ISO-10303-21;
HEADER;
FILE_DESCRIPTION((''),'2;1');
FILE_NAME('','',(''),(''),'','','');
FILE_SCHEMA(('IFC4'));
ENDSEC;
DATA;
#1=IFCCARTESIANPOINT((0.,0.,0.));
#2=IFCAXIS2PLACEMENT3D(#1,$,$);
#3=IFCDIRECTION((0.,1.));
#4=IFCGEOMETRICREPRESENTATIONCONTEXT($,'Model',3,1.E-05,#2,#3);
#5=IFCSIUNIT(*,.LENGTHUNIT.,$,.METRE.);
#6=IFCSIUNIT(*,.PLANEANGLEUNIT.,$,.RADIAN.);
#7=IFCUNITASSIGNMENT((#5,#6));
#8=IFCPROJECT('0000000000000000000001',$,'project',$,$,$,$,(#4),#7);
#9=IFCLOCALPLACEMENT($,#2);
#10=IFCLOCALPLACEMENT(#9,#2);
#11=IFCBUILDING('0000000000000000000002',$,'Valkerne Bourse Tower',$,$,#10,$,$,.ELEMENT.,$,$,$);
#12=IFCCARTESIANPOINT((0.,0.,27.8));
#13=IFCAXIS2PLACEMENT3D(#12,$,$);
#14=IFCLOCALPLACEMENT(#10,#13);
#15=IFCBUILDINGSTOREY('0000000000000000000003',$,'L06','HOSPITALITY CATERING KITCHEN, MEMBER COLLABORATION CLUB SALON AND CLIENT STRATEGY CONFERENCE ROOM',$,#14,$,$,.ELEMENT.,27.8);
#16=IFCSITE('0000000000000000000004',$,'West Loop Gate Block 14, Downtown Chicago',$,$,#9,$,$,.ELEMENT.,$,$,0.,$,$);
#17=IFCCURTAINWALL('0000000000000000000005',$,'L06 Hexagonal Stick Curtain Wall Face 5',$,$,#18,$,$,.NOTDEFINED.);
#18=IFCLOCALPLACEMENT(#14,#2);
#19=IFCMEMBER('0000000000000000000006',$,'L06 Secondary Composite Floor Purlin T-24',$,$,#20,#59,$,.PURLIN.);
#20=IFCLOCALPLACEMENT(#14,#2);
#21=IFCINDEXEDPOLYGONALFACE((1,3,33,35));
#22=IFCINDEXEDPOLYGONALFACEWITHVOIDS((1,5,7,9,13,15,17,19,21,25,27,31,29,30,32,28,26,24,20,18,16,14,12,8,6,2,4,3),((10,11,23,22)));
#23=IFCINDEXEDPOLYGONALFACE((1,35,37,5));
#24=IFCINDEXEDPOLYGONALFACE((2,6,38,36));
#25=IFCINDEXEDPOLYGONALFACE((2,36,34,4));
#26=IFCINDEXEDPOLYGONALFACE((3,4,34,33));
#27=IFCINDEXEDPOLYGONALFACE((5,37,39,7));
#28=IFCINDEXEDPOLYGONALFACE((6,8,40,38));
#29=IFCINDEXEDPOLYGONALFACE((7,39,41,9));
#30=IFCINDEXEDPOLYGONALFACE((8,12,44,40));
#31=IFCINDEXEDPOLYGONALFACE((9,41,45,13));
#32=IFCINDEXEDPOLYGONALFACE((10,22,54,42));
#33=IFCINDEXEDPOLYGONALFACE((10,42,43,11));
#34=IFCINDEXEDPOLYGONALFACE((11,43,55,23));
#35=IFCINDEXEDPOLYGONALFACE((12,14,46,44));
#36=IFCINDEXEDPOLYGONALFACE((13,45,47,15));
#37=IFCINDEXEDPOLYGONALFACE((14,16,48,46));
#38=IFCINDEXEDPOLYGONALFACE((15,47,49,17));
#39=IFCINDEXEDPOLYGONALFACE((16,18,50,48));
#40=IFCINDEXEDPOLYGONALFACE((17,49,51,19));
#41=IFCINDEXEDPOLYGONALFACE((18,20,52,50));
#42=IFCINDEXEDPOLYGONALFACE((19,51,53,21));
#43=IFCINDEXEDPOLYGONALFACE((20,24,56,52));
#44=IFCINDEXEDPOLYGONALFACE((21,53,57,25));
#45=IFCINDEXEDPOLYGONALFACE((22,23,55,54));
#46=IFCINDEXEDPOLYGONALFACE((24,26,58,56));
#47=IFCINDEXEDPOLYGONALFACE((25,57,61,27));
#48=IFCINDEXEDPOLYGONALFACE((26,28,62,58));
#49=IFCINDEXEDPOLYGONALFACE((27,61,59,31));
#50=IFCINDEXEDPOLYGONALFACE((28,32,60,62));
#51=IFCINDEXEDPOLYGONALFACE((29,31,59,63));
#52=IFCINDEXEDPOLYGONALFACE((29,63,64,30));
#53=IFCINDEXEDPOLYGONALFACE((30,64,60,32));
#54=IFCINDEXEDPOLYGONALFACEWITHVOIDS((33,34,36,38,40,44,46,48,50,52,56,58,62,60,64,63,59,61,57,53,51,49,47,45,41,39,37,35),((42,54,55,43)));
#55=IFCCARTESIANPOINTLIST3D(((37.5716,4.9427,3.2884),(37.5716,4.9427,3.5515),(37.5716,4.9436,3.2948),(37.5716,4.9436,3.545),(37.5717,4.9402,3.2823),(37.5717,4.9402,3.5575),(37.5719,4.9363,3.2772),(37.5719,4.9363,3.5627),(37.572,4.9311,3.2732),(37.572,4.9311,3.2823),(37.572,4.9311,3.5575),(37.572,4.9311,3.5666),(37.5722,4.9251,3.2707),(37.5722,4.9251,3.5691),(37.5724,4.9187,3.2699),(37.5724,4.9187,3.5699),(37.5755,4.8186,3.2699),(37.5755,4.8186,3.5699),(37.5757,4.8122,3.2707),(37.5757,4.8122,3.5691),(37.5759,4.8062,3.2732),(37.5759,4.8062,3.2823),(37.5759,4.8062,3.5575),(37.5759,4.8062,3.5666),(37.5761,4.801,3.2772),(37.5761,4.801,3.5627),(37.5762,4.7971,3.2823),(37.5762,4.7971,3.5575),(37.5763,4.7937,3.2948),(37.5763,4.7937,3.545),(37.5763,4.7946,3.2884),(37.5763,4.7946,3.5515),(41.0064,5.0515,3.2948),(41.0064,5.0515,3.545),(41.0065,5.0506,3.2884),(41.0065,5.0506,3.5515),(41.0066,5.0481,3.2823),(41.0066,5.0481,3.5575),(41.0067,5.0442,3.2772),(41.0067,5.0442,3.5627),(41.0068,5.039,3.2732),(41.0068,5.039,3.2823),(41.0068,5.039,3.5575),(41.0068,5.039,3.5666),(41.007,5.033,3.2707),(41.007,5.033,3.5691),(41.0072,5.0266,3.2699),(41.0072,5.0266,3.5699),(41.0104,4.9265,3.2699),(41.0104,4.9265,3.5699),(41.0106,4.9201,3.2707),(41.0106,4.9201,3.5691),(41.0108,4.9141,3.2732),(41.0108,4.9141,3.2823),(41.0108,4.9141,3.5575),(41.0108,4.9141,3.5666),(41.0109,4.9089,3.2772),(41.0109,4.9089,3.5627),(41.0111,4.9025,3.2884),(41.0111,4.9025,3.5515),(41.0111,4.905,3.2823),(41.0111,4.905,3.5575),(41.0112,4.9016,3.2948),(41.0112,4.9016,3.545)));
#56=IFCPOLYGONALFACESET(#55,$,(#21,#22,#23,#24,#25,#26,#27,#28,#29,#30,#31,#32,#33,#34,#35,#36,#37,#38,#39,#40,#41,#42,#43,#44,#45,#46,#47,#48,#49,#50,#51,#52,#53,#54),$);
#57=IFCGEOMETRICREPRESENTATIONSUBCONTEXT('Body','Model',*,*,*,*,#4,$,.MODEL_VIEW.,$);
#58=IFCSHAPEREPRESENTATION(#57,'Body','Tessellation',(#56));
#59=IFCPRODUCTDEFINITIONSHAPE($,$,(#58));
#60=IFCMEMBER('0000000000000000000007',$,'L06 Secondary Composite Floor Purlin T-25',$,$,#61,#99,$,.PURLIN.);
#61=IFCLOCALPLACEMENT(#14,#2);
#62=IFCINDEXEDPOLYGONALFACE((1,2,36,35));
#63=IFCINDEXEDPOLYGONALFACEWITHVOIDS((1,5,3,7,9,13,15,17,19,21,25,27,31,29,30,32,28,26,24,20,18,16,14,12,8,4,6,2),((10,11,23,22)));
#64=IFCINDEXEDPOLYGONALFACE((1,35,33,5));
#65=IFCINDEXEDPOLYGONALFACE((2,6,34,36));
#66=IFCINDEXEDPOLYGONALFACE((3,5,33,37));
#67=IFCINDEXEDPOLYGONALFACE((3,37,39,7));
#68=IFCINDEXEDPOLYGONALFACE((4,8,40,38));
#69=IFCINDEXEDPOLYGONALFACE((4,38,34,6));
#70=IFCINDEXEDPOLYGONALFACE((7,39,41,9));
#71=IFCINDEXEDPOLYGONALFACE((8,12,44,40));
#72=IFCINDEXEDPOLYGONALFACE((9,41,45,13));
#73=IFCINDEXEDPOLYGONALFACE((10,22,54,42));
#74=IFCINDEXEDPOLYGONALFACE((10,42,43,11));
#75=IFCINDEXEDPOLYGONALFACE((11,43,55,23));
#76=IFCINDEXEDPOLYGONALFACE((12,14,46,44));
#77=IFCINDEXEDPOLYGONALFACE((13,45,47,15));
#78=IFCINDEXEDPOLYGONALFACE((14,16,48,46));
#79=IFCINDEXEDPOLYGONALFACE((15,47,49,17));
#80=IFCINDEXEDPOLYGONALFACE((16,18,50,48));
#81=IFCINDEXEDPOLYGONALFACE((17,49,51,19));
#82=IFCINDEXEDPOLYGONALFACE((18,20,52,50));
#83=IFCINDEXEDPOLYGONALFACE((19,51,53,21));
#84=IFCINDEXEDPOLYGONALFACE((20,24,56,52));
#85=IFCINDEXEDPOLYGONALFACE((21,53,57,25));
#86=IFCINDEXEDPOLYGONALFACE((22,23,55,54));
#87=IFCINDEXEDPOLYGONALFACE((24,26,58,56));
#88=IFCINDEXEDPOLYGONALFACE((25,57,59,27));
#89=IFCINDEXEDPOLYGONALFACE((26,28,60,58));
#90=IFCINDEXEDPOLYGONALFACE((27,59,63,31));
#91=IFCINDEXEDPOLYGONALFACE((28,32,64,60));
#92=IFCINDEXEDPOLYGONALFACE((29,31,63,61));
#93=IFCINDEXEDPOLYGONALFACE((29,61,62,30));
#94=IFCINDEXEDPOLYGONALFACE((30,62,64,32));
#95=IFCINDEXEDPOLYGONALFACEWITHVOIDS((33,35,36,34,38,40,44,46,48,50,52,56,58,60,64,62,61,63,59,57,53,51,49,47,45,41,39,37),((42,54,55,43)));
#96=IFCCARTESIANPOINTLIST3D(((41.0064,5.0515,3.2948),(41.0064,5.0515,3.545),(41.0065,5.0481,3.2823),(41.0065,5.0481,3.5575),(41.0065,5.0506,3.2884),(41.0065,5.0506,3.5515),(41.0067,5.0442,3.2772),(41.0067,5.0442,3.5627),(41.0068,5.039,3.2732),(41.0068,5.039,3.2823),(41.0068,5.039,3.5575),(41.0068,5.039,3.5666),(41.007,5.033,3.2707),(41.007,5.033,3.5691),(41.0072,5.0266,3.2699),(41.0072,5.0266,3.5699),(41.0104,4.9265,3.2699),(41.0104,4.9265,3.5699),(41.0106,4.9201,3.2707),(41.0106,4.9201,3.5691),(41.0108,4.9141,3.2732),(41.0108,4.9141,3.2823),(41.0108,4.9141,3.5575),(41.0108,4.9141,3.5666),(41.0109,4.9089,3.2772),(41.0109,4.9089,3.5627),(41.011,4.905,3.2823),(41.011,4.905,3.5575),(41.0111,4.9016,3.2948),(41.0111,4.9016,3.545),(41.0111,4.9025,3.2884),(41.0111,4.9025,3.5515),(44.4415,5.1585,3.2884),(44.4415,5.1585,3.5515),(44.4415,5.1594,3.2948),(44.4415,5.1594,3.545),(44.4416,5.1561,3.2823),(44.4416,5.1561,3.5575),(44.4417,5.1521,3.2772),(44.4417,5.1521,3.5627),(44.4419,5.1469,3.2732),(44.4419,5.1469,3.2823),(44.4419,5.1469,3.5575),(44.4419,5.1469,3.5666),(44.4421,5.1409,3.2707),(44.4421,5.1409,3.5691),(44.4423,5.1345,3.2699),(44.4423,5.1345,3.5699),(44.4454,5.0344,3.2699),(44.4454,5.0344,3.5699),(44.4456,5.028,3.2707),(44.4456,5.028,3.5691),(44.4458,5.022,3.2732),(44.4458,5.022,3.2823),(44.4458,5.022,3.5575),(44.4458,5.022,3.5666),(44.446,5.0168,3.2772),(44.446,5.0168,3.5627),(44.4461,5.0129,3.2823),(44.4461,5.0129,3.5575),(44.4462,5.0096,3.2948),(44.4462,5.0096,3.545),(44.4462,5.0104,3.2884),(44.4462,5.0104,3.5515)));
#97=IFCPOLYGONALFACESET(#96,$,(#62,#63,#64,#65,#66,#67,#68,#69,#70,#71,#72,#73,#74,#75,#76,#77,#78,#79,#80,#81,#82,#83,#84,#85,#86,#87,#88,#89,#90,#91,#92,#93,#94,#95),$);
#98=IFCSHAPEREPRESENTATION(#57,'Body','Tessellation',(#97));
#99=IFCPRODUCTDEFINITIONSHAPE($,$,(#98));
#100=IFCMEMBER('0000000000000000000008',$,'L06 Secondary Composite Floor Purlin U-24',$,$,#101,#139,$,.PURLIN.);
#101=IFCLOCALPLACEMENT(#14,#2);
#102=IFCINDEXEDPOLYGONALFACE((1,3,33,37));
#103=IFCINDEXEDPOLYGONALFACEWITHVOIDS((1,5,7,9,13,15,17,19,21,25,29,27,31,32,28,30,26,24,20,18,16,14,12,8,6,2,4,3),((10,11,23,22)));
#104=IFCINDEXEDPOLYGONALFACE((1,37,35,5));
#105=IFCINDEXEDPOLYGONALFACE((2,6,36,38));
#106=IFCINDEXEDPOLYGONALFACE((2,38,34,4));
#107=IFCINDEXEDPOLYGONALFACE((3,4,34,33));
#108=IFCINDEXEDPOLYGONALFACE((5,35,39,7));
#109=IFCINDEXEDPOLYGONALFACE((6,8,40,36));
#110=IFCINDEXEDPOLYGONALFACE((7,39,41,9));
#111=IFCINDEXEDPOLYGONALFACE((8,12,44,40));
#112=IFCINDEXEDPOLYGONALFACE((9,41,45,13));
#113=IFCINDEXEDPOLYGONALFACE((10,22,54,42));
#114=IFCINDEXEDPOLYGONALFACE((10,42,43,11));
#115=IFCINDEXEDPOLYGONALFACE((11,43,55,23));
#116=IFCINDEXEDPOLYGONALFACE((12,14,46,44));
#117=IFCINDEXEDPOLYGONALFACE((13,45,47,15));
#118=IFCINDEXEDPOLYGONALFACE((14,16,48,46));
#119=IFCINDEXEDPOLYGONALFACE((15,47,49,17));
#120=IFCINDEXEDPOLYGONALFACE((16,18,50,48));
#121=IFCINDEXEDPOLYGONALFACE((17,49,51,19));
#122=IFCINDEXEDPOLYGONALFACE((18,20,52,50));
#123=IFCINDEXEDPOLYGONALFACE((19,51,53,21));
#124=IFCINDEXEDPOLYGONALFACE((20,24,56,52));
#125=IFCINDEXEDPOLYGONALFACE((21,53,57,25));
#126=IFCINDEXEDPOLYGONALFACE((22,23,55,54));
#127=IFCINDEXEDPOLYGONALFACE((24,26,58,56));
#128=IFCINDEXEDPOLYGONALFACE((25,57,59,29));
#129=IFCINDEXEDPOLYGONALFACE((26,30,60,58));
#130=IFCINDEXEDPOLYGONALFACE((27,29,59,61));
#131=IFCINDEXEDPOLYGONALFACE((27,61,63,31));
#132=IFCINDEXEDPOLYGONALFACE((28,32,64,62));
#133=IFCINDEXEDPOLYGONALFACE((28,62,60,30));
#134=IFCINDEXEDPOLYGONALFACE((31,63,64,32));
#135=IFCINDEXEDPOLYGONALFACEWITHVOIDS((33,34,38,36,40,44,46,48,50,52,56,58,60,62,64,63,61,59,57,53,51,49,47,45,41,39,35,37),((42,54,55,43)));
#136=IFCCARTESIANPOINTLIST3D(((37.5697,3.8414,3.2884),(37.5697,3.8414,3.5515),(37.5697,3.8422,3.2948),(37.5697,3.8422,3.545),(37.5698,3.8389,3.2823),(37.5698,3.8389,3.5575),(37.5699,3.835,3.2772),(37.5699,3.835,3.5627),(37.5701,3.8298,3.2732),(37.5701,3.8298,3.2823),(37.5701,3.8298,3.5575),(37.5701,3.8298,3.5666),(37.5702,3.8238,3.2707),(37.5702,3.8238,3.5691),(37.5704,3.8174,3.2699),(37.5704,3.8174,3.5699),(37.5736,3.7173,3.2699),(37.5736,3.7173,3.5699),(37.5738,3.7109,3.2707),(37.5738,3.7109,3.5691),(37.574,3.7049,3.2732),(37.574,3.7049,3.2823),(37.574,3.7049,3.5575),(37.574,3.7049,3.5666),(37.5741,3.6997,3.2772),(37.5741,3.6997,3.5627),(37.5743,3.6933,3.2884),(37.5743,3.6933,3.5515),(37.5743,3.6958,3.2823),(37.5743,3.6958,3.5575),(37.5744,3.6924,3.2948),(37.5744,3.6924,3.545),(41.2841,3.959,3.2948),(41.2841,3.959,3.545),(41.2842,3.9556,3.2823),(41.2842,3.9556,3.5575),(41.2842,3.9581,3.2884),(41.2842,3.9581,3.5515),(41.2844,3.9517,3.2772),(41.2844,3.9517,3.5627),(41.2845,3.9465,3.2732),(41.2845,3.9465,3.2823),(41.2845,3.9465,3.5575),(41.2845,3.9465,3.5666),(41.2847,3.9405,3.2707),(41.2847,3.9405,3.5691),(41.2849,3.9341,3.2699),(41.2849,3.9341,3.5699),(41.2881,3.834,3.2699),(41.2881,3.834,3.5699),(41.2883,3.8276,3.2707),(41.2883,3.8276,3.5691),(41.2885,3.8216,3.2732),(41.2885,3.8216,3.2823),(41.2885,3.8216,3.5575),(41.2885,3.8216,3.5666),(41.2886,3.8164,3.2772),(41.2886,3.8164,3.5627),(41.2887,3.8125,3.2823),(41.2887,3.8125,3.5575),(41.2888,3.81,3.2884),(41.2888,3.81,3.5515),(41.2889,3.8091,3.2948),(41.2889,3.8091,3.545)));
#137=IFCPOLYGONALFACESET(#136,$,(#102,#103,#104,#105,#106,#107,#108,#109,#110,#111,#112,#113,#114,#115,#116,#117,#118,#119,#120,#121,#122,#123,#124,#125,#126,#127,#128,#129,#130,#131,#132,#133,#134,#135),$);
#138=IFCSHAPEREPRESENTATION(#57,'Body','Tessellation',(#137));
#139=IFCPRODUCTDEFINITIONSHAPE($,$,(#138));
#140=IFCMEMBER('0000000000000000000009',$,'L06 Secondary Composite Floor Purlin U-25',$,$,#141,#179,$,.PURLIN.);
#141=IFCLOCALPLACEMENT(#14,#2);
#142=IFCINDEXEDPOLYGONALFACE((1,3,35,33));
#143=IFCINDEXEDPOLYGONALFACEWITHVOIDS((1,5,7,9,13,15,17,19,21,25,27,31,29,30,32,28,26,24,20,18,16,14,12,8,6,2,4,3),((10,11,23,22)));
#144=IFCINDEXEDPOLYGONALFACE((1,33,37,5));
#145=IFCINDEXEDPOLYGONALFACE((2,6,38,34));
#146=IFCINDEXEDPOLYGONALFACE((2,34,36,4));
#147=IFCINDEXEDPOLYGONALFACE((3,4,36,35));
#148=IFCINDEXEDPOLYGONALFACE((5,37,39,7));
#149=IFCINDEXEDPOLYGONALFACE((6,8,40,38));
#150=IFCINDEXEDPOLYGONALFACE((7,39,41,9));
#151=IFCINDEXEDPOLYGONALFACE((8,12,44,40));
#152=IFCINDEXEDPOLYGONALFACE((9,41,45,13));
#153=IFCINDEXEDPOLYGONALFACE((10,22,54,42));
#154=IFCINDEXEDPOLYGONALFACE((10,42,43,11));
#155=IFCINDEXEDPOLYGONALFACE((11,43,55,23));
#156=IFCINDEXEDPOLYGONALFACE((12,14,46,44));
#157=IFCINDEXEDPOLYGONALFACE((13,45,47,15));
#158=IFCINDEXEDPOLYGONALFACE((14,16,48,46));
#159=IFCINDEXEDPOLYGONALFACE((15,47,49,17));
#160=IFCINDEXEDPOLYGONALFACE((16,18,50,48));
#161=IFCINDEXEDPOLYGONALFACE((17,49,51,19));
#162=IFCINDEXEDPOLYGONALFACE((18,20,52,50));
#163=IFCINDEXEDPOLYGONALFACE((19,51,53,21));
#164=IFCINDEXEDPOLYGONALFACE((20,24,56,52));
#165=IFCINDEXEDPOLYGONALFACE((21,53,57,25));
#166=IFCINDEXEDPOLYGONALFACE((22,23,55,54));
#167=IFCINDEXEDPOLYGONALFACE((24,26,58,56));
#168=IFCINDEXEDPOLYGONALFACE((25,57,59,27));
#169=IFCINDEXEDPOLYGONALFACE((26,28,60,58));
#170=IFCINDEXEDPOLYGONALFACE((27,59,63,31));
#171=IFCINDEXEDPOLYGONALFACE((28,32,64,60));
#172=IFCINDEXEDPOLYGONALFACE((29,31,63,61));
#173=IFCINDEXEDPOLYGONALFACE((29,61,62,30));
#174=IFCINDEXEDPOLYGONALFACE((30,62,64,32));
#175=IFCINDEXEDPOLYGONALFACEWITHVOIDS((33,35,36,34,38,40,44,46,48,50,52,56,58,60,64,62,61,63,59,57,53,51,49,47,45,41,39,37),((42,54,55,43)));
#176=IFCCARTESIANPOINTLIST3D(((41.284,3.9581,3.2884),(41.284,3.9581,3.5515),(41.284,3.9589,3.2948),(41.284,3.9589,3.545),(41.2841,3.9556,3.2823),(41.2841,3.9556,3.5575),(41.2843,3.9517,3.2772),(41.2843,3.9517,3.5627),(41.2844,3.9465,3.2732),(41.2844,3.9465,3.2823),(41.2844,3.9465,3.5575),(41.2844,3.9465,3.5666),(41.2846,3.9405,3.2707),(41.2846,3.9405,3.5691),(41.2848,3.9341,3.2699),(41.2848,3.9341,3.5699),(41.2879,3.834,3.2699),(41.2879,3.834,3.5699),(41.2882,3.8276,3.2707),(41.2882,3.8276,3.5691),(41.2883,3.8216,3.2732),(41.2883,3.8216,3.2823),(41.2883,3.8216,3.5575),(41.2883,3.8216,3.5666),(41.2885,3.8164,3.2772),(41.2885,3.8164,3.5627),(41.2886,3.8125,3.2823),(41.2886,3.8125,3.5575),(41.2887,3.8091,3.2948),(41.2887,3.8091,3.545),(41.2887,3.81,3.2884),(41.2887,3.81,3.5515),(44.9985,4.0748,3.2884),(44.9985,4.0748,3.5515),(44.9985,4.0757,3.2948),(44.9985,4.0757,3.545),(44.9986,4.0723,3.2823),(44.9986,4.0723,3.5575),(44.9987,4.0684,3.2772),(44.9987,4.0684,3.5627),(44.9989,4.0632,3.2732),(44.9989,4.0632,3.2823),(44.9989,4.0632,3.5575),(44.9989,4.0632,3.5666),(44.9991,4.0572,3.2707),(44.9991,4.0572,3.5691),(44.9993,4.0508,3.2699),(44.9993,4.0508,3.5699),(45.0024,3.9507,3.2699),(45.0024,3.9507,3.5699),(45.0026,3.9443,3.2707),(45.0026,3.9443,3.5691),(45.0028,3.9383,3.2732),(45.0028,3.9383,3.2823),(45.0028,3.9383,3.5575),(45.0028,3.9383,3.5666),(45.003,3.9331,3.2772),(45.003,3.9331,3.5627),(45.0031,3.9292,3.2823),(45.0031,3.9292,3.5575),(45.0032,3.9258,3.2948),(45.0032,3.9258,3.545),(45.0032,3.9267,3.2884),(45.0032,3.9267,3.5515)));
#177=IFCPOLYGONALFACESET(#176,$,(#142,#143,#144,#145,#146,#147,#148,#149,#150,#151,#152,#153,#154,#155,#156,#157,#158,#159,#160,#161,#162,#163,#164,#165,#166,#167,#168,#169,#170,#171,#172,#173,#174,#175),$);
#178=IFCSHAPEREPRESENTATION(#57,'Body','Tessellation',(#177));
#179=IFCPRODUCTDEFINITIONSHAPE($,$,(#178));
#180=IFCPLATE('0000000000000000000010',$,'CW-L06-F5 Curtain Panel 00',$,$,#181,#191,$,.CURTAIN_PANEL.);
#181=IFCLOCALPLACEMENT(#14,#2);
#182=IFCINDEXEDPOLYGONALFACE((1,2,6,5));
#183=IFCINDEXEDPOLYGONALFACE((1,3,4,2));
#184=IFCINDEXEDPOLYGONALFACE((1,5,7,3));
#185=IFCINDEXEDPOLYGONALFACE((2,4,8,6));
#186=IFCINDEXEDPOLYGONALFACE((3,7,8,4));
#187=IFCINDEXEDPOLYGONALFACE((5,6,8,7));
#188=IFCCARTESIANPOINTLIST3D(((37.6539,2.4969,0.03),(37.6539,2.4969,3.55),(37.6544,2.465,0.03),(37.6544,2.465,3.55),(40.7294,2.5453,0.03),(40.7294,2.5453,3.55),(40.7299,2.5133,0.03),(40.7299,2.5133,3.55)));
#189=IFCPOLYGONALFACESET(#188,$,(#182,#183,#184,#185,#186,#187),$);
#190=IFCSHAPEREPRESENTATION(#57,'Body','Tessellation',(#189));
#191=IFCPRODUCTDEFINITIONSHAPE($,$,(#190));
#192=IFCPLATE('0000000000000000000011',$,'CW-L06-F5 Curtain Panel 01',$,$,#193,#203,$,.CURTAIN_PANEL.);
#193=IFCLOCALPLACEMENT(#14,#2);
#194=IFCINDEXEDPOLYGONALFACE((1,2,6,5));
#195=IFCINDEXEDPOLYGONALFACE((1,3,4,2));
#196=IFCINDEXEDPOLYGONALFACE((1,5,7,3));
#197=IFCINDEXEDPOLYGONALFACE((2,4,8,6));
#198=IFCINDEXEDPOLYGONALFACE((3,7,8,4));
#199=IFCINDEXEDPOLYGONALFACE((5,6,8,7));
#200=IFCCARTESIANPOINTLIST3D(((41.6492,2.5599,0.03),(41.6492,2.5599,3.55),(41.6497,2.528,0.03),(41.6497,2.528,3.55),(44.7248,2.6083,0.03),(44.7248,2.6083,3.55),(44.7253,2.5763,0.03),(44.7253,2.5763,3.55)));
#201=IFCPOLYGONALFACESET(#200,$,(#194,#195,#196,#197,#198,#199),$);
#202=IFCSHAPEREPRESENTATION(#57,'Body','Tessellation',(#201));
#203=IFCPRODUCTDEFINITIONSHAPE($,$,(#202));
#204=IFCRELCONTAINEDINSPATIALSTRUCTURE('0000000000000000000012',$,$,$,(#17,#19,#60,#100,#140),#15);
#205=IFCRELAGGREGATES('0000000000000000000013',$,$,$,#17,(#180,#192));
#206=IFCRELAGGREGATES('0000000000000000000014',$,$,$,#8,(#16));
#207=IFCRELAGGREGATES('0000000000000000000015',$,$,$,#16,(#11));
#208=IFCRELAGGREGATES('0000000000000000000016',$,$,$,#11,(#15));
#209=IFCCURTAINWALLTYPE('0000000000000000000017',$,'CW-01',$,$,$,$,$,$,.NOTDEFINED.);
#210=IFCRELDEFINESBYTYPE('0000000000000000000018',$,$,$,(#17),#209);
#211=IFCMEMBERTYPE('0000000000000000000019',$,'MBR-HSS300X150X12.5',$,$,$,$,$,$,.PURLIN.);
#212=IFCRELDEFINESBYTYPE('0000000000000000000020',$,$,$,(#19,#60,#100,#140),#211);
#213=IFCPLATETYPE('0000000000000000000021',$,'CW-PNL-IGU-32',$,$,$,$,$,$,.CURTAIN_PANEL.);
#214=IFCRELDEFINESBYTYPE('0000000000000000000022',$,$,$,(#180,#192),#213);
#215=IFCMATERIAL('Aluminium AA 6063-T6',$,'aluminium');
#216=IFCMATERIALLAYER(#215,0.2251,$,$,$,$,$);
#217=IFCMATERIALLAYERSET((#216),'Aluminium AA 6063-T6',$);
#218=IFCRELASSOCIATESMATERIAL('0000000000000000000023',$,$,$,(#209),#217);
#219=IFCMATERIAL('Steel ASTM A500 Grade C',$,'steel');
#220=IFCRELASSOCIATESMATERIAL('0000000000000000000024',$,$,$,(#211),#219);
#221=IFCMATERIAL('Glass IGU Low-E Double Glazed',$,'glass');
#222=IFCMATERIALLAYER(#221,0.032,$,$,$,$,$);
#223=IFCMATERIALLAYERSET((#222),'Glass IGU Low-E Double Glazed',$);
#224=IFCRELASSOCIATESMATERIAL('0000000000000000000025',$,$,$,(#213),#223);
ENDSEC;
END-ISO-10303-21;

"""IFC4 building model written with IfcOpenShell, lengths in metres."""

from ifc_helpers import new_model, si_unit, direction, frame, origin, origin_2d, place, context, subcontext, project, spatial, rectangle, hollow_rectangle, extrude, material, layer, layer_set, material_profile, profile_set, type_object, element, aggregate, save


model = new_model("IFC4")

# Units and contexts
model_context = context("Model", 3, precision=1e-05, world=origin(), true_north=direction((0.0, 1.0)))
body_context = subcontext(model_context, "Body", "Model", "MODEL_VIEW")
ifc_project = project(units=[si_unit("LENGTHUNIT", "METRE"), si_unit("PLANEANGLEUNIT", "RADIAN")], contexts=[model_context])

# Site, building, storey
site_placement = place(None, origin())
site = spatial("IfcSite", under=ifc_project, at=site_placement, Name="West Loop Gate Block 14, Downtown Chicago", CompositionType="ELEMENT", RefElevation=0.0)
building_placement = place(site_placement, origin())
building = spatial("IfcBuilding", under=site, at=building_placement, Name="Valkerne Bourse Tower", CompositionType="ELEMENT")
storey_placement = place(building_placement, frame((0.0, 0.0, 27.8)))
storey = spatial("IfcBuildingStorey", under=building, at=storey_placement, Name="L06", Description="HOSPITALITY CATERING KITCHEN, MEMBER COLLABORATION CLUB SALON AND CLIENT STRATEGY CONFERENCE ROOM", CompositionType="ELEMENT", Elevation=27.8)

# Curtain wall
ifc_material_1 = material(Name="Aluminium AA 6063-T6", Category="aluminium")
ifc_layer_1 = layer(ifc_material_1, 0.2251)
ifc_layer_set_1 = layer_set([ifc_layer_1], Name="Aluminium AA 6063-T6")
curtain_wall_type = type_object("IfcCurtainWallType", Name="CW-01", PredefinedType="NOTDEFINED", material=ifc_layer_set_1)
curtain_wall_placement = place(storey_placement, origin())
curtain_wall = element("IfcCurtainWall", 1, at=curtain_wall_placement, inside=storey, type_object=curtain_wall_type, Name="L06 Hexagonal Stick Curtain Wall Face 5", PredefinedType="NOTDEFINED")

# Members
ifc_material_2 = material(Name="Steel ASTM A500 Grade C", Category="steel")
ifc_material_profile_1 = material_profile(ifc_material_2, hollow_rectangle(XDim=0.1499, YDim=0.3, WallThickness=0.0125, OuterFilletRadius=0.0249, at=origin_2d()), Name="HSS300X150X12.5")
ifc_profile_set_1 = profile_set([ifc_material_profile_1], Name="Steel ASTM A500 Grade C")
member_type_1 = type_object("IfcMemberType", Name="MBR-HSS300X150X12.5", PredefinedType="PURLIN", material=ifc_profile_set_1)
member_1_placement = place(storey_placement, frame((37.574, 4.8687, 3.4199), z_axis=(0.999507, 0.031401, 0.0), x_axis=(-0.031401, 0.999507, 0.0)))
element("IfcMember", 2, at=member_1_placement, inside=storey, type_object=member_type_1, Name="L06 Secondary Composite Floor Purlin T-24", PredefinedType="PURLIN", context=body_context, shape_type="SweptSolid", body=[
    extrude(hollow_rectangle(XDim=0.1499, YDim=0.3, WallThickness=0.0125, OuterFilletRadius=0.0249, at=origin_2d()), origin(), (0.0, 0.0, 1.0), 3.4365),
])
member_2_placement = place(storey_placement, frame((41.0088, 4.9766, 3.4199), z_axis=(0.999507, 0.031399, 0.0), x_axis=(-0.031399, 0.999507, 0.0)))
element("IfcMember", 3, at=member_2_placement, inside=storey, type_object=member_type_1, Name="L06 Secondary Composite Floor Purlin T-25", PredefinedType="PURLIN", context=body_context, shape_type="SweptSolid", body=[
    extrude(hollow_rectangle(XDim=0.1499, YDim=0.3, WallThickness=0.0125, OuterFilletRadius=0.0249, at=origin_2d()), origin(), (0.0, 0.0, 1.0), 3.4368),
])
for number, where, z_axis, x_axis, name in (
    (4, (37.572, 3.7673, 3.4199), (0.999507, 0.031403, 0.0), (-0.031403, 0.999507, 0.0), "L06 Secondary Composite Floor Purlin U-24"),
    (5, (41.2864, 3.884, 3.4199), (0.999507, 0.031403, 0.0), (-0.031403, 0.999507, 0.0), "L06 Secondary Composite Floor Purlin U-25"),
):
    element("IfcMember", number, at=place(storey_placement, frame(where, z_axis=z_axis, x_axis=x_axis)), inside=storey, type_object=member_type_1, Name=name, PredefinedType="PURLIN", context=body_context, shape_type="SweptSolid", body=[
        extrude(hollow_rectangle(XDim=0.1499, YDim=0.3, WallThickness=0.0125, OuterFilletRadius=0.0249, at=origin_2d()), origin(), (0.0, 0.0, 1.0), 3.7163),
    ])

# Plates
ifc_material_3 = material(Name="Glass IGU Low-E Double Glazed", Category="glass")
ifc_layer_2 = layer(ifc_material_3, 0.032)
ifc_layer_set_2 = layer_set([ifc_layer_2], Name="Glass IGU Low-E Double Glazed")
plate_type = type_object("IfcPlateType", Name="CW-PNL-IGU-32", PredefinedType="CURTAIN_PANEL", material=ifc_layer_set_2)
plate_1_placement = place(storey_placement, frame((39.1919, 2.5051, 0.03), z_axis=(0.0, 0.0, 1.0), x_axis=(0.999877, 0.015716, 0.0)))
plate_1 = element("IfcPlate", 6, at=plate_1_placement, type_object=plate_type, Name="CW-L06-F5 Curtain Panel 00", PredefinedType="CURTAIN_PANEL", context=body_context, shape_type="SweptSolid", body=[
    extrude(rectangle(XDim=3.0759, YDim=0.032, at=origin_2d()), origin(), (0.0, 0.0, 1.0), 3.52),
])
plate_2_placement = place(storey_placement, frame((43.1873, 2.5681, 0.03), z_axis=(0.0, 0.0, 1.0), x_axis=(0.999877, 0.015716, 0.0)))
plate_2 = element("IfcPlate", 7, at=plate_2_placement, type_object=plate_type, Name="CW-L06-F5 Curtain Panel 01", PredefinedType="CURTAIN_PANEL", context=body_context, shape_type="SweptSolid", body=[
    extrude(rectangle(XDim=3.0759, YDim=0.032, at=origin_2d()), origin(), (0.0, 0.0, 1.0), 3.52),
])
aggregate(curtain_wall, [plate_1, plate_2])

save(model, "model.ifc")
